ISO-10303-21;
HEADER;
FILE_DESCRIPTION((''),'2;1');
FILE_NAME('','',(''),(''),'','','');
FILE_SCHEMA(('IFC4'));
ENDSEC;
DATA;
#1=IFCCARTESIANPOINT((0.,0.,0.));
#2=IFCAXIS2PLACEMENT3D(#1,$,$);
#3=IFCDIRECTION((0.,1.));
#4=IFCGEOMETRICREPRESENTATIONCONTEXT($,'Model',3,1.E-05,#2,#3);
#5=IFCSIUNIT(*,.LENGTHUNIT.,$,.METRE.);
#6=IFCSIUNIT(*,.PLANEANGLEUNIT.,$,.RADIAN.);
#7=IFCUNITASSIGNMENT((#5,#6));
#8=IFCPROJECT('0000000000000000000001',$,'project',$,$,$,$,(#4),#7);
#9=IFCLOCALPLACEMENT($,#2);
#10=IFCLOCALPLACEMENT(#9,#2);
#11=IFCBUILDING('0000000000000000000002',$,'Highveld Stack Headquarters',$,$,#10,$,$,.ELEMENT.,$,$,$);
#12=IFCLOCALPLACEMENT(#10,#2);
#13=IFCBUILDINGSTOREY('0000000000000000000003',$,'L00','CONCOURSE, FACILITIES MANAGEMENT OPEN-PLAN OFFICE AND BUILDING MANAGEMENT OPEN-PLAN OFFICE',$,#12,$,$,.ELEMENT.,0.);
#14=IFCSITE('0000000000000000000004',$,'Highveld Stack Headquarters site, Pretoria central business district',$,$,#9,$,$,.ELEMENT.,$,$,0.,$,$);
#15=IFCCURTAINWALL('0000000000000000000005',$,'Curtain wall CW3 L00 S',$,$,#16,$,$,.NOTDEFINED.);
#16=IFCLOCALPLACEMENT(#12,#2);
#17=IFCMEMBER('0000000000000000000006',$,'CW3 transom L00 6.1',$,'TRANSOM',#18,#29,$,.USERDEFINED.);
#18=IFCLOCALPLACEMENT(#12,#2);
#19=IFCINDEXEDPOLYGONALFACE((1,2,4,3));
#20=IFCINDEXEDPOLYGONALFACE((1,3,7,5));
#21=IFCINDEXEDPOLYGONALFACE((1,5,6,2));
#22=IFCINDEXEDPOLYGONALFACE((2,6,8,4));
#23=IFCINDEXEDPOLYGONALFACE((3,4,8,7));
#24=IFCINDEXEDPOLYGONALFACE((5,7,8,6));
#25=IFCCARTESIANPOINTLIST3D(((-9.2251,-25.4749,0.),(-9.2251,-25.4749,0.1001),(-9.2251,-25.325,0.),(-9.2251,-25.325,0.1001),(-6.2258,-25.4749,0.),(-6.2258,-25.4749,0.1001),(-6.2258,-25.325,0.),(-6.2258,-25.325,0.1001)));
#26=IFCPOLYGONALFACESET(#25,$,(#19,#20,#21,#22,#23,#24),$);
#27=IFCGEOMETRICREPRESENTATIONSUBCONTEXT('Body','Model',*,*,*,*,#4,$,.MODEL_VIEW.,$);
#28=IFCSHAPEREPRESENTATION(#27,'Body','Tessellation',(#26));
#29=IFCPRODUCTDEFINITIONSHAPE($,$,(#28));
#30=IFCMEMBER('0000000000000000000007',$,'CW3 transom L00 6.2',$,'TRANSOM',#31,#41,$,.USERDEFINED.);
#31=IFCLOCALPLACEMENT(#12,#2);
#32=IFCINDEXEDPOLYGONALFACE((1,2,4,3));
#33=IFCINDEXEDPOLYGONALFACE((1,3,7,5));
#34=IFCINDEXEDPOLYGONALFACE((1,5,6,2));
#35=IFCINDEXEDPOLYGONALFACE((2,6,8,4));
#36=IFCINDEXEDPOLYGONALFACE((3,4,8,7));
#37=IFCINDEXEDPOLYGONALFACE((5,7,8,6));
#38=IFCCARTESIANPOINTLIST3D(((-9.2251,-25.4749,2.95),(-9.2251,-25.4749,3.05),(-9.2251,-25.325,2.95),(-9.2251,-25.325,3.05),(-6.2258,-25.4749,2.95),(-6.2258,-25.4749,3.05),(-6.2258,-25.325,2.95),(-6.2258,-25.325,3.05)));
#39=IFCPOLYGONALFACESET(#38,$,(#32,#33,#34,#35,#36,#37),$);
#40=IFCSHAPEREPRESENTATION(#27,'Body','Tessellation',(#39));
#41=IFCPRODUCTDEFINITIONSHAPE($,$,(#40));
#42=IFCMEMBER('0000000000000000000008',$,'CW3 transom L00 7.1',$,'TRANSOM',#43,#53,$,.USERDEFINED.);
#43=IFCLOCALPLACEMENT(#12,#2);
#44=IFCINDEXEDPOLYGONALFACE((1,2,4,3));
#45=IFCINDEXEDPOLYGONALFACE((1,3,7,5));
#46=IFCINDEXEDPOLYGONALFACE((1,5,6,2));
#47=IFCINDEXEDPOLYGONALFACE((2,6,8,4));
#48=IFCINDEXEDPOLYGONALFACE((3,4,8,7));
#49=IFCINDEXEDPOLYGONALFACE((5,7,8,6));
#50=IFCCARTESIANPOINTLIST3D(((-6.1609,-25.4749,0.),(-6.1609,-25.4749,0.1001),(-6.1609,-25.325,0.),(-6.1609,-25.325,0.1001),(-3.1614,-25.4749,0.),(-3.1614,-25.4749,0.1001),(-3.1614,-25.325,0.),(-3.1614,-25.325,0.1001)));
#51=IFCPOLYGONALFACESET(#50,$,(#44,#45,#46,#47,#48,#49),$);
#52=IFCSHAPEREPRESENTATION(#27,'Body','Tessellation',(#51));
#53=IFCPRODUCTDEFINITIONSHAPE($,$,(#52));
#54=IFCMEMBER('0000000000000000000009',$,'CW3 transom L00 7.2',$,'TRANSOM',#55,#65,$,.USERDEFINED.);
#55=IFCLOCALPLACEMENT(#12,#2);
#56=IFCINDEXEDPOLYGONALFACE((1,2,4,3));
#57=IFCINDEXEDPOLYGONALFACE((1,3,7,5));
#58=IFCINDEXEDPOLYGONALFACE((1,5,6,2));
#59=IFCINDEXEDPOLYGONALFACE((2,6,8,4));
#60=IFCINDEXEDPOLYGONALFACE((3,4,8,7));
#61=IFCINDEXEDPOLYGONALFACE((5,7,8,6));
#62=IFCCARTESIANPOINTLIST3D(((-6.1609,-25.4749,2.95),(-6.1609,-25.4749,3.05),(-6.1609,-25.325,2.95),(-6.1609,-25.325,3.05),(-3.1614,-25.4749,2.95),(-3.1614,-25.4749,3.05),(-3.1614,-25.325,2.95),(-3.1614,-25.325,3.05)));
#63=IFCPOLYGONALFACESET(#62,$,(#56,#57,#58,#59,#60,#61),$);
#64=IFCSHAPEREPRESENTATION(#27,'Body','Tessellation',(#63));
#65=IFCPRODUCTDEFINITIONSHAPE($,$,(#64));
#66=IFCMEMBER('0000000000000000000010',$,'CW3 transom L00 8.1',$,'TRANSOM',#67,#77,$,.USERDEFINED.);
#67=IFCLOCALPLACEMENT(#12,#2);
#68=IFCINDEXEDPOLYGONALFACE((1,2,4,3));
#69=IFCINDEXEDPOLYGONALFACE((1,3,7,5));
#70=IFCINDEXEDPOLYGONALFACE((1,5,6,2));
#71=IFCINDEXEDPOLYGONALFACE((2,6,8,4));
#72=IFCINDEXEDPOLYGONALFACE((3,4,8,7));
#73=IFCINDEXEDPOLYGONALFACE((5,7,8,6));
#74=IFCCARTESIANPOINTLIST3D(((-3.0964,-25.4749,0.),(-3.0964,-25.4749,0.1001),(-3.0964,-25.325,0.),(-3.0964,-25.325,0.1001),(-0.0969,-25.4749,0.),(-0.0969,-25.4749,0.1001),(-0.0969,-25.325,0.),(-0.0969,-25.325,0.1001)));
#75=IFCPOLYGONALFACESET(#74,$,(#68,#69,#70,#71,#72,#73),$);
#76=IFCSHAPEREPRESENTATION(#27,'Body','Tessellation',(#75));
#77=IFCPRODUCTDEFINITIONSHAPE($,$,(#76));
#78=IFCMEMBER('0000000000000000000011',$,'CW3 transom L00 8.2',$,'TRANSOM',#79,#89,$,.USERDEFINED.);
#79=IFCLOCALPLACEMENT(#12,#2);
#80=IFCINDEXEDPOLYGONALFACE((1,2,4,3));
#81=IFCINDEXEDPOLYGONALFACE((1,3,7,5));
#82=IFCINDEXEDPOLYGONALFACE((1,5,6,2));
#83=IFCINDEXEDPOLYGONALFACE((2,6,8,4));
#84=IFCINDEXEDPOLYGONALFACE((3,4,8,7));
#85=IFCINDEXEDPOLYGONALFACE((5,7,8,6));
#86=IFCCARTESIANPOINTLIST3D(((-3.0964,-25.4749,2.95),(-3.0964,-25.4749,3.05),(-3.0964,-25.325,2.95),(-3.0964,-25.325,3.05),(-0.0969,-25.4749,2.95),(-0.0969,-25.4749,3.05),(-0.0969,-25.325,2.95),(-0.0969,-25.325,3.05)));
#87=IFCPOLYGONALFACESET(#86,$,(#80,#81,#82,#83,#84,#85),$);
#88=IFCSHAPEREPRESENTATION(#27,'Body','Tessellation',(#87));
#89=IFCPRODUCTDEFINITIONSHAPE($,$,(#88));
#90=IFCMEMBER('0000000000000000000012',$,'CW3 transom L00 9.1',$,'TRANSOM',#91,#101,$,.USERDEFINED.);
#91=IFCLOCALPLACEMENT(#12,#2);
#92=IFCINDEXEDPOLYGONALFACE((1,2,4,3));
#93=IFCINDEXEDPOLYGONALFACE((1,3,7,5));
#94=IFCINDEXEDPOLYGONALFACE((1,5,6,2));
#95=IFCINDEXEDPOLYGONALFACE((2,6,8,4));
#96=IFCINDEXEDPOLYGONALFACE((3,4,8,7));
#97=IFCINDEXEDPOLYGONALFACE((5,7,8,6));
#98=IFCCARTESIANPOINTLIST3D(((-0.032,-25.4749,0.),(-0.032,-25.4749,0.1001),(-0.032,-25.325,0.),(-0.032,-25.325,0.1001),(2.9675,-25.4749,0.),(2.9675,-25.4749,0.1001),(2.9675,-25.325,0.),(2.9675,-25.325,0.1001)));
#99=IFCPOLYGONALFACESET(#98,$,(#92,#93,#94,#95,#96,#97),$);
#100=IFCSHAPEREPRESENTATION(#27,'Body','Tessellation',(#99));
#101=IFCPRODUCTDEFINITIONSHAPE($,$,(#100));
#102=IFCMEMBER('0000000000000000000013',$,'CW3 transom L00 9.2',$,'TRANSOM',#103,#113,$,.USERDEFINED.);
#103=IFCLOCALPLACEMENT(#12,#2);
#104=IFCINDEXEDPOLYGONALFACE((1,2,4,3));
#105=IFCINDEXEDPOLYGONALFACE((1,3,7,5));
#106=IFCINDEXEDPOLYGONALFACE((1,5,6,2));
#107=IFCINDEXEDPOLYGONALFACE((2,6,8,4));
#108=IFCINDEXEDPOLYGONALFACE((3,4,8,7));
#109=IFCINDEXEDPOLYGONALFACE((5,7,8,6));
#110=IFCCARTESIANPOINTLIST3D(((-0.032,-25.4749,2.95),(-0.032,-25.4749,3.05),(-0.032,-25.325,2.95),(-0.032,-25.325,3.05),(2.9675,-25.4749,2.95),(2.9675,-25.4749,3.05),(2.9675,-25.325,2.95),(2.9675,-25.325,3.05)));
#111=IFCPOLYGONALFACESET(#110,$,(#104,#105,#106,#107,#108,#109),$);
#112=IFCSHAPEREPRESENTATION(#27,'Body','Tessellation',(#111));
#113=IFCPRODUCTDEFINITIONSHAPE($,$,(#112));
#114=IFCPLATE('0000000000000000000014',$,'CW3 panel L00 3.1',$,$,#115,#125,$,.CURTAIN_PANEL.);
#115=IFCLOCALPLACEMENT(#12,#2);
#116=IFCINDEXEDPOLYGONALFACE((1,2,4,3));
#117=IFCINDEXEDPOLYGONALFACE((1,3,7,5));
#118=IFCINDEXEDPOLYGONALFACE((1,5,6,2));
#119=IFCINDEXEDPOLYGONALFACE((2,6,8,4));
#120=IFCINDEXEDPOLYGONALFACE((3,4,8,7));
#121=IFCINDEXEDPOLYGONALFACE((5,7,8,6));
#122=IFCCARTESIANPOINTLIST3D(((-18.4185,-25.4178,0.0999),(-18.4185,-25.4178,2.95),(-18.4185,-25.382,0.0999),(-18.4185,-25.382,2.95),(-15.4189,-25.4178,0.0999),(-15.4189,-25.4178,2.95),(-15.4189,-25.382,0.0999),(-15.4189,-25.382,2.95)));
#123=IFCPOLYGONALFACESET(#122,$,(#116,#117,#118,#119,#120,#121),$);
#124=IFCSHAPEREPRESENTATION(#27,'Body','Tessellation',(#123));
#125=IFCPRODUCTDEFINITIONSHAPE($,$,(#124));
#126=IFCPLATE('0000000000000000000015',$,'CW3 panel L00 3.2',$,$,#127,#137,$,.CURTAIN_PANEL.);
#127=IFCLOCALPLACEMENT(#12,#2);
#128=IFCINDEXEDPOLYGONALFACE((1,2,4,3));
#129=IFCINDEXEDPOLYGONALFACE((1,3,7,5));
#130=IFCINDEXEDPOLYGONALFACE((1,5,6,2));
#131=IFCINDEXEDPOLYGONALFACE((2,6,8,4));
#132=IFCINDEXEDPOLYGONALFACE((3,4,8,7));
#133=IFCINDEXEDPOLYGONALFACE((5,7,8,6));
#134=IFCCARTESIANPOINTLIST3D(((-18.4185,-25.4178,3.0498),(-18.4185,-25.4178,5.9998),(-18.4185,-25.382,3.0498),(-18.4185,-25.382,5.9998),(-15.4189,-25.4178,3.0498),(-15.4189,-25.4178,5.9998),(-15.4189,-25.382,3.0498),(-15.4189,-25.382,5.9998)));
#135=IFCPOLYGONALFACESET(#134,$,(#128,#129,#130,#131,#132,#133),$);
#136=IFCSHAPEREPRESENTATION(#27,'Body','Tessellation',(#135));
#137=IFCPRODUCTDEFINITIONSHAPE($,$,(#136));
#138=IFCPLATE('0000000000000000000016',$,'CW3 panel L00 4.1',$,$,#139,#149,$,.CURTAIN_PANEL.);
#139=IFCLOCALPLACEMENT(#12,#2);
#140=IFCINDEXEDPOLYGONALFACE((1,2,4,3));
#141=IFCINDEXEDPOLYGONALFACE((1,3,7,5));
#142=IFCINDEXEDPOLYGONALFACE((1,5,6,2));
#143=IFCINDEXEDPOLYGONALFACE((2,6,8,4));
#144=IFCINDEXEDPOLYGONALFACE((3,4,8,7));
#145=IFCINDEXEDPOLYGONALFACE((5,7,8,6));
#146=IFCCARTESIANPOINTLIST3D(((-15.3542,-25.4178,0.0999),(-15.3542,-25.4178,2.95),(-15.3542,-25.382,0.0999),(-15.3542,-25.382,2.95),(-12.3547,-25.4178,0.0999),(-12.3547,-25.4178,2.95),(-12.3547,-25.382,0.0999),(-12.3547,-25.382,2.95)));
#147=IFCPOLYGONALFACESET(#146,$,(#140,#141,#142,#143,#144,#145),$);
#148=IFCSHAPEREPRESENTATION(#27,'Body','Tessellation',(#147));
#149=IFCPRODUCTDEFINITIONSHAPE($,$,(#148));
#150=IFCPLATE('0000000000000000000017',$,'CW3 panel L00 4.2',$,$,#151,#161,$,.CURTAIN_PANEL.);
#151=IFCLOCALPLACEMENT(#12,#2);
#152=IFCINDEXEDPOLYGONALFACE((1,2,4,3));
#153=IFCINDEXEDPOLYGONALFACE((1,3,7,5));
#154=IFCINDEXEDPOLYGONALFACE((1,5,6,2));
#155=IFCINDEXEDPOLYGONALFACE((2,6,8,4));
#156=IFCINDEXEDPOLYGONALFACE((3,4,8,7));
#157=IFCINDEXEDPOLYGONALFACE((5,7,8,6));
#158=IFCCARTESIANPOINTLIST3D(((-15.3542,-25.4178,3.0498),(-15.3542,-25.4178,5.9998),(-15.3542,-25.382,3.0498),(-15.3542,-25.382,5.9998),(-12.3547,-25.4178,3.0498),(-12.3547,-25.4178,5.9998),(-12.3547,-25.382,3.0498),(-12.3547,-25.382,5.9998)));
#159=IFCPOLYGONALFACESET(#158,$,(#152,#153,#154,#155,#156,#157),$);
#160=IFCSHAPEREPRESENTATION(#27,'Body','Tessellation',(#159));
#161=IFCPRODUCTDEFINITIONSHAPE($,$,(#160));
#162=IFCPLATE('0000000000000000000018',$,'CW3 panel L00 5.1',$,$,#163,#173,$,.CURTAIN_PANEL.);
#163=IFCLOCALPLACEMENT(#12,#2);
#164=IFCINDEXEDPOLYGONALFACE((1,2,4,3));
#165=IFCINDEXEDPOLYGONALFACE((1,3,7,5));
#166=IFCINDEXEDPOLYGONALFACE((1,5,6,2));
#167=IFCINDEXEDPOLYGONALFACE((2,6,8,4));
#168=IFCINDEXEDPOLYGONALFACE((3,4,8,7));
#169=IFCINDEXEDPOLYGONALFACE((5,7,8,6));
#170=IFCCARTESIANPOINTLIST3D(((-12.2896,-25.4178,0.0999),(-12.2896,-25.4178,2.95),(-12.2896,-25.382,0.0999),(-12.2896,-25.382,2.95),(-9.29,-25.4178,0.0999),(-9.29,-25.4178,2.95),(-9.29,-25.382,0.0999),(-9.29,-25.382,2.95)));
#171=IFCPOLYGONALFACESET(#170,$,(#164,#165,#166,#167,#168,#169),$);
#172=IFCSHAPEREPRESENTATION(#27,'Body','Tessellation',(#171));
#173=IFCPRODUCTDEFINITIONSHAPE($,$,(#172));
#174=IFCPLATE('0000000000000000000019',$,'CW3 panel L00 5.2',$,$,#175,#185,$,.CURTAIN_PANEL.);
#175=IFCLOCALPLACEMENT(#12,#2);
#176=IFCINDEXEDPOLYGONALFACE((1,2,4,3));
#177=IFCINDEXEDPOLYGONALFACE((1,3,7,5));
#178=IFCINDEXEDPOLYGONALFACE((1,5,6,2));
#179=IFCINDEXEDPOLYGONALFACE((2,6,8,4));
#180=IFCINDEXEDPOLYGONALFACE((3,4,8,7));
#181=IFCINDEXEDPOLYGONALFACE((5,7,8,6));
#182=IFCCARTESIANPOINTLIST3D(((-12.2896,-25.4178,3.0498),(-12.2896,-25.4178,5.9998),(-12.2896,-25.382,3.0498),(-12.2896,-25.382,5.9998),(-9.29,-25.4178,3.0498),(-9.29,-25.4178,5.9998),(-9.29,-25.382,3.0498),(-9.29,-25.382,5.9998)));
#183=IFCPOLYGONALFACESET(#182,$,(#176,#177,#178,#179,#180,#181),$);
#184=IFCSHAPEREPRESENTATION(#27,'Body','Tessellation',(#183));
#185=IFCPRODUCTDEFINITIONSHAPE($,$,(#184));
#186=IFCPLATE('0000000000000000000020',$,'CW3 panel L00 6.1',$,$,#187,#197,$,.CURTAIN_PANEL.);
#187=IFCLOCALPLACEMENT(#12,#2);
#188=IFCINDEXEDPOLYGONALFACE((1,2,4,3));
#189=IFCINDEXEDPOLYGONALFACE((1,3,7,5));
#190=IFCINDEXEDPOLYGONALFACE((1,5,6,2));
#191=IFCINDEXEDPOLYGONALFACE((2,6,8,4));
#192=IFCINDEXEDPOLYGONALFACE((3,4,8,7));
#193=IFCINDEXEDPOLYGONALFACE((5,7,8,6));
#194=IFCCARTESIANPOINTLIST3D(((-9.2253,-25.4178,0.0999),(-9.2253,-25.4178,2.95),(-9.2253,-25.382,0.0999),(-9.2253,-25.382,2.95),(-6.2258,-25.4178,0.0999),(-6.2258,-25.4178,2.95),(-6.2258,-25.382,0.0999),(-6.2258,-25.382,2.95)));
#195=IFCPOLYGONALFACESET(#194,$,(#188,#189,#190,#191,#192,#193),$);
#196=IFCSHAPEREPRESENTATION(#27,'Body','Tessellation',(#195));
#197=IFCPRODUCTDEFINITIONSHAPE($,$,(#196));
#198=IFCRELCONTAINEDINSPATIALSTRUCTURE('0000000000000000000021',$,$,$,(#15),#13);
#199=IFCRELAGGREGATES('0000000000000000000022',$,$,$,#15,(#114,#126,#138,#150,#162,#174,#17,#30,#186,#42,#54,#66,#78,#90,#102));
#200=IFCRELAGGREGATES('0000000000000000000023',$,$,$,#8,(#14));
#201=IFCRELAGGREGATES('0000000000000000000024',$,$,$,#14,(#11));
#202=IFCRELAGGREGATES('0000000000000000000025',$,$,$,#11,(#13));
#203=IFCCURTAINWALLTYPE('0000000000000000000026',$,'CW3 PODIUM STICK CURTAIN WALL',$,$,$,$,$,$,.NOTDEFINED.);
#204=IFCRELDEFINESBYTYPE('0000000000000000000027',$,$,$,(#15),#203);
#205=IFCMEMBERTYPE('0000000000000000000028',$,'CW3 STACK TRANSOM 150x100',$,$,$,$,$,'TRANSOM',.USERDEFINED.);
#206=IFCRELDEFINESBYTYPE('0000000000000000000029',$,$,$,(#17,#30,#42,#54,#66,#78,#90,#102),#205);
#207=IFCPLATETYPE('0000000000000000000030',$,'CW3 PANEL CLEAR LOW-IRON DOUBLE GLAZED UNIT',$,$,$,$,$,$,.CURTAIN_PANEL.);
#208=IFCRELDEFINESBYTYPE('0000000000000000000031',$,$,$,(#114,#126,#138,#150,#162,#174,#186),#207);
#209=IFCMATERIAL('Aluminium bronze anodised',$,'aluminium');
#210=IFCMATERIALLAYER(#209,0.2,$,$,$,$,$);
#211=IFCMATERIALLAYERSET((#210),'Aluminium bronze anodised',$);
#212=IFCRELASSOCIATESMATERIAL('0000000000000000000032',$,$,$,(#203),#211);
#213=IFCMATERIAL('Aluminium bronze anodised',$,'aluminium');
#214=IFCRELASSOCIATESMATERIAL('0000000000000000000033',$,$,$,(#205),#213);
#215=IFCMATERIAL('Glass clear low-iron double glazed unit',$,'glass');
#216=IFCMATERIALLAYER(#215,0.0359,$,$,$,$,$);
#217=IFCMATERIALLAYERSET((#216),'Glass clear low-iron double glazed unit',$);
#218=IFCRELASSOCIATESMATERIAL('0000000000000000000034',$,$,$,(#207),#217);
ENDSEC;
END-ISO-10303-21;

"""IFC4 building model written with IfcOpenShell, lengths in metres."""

from ifc_helpers import new_model, si_unit, direction, frame, origin, origin_2d, place, context, subcontext, project, spatial, rectangle, extrude, material, layer, layer_set, material_profile, profile_set, type_object, element, aggregate, save


model = new_model("IFC4")

# Units and contexts
model_context = context("Model", 3, precision=1e-05, world=origin(), true_north=direction((0.0, 1.0)))
body_context = subcontext(model_context, "Body", "Model", "MODEL_VIEW")
ifc_project = project(units=[si_unit("LENGTHUNIT", "METRE"), si_unit("PLANEANGLEUNIT", "RADIAN")], contexts=[model_context])

# Site, building, storey
site_placement = place(None, origin())
site = spatial("IfcSite", under=ifc_project, at=site_placement, Name="Highveld Stack Headquarters site, Pretoria central business district", CompositionType="ELEMENT", RefElevation=0.0)
building_placement = place(site_placement, origin())
building = spatial("IfcBuilding", under=site, at=building_placement, Name="Highveld Stack Headquarters", CompositionType="ELEMENT")
storey_placement = place(building_placement, origin())
storey = spatial("IfcBuildingStorey", under=building, at=storey_placement, Name="L00", Description="CONCOURSE, FACILITIES MANAGEMENT OPEN-PLAN OFFICE AND BUILDING MANAGEMENT OPEN-PLAN OFFICE", CompositionType="ELEMENT", Elevation=0.0)

# Curtain wall, members, plates
ifc_material_1 = material(Name="Aluminium bronze anodised", Category="aluminium")
ifc_layer_1 = layer(ifc_material_1, 0.2)
ifc_layer_set_1 = layer_set([ifc_layer_1], Name="Aluminium bronze anodised")
curtain_wall_type = type_object("IfcCurtainWallType", Name="CW3 PODIUM STICK CURTAIN WALL", PredefinedType="NOTDEFINED", material=ifc_layer_set_1)
curtain_wall_placement = place(storey_placement, origin())
curtain_wall = element("IfcCurtainWall", 1, at=curtain_wall_placement, inside=storey, type_object=curtain_wall_type, Name="Curtain wall CW3 L00 S", PredefinedType="NOTDEFINED")
ifc_material_2 = material(Name="Aluminium bronze anodised", Category="aluminium")
ifc_material_profile_1 = material_profile(ifc_material_2, rectangle(XDim=0.1499, YDim=0.1001, at=origin_2d()), Name="CW3 TRANSOM 150x100")
ifc_profile_set_1 = profile_set([ifc_material_profile_1], Name="Aluminium bronze anodised")
member_type_1 = type_object("IfcMemberType", Name="CW3 STACK TRANSOM 150x100", ElementType="TRANSOM", PredefinedType="USERDEFINED", material=ifc_profile_set_1)
member_1_placement = place(storey_placement, frame((-9.2251, -25.3999, 0.05), z_axis=(1.0, 0.0, 0.0), x_axis=(0.0, 1.0, 0.0)))
member_1 = element("IfcMember", 2, at=member_1_placement, type_object=member_type_1, Name="CW3 transom L00 6.1", ObjectType="TRANSOM", PredefinedType="USERDEFINED", context=body_context, shape_type="SweptSolid", body=[
    extrude(rectangle(XDim=0.1499, YDim=0.1001, at=origin_2d()), origin(), (0.0, 0.0, 1.0), 2.9993),
])
member_2_placement = place(storey_placement, frame((-9.2251, -25.3999, 3.0), z_axis=(1.0, 0.0, 0.0), x_axis=(0.0, 1.0, 0.0)))
member_2 = element("IfcMember", 3, at=member_2_placement, type_object=member_type_1, Name="CW3 transom L00 6.2", ObjectType="TRANSOM", PredefinedType="USERDEFINED", context=body_context, shape_type="SweptSolid", body=[
    extrude(rectangle(XDim=0.1499, YDim=0.1001, at=origin_2d()), origin(), (0.0, 0.0, 1.0), 2.9993),
])
member_3_placement = place(storey_placement, frame((-6.1609, -25.3999, 0.05), z_axis=(1.0, 0.0, 0.0), x_axis=(0.0, 1.0, 0.0)))
member_3 = element("IfcMember", 4, at=member_3_placement, type_object=member_type_1, Name="CW3 transom L00 7.1", ObjectType="TRANSOM", PredefinedType="USERDEFINED", context=body_context, shape_type="SweptSolid", body=[
    extrude(rectangle(XDim=0.1499, YDim=0.1001, at=origin_2d()), origin(), (0.0, 0.0, 1.0), 2.9995),
])
member_4_placement = place(storey_placement, frame((-6.1609, -25.3999, 3.0), z_axis=(1.0, 0.0, 0.0), x_axis=(0.0, 1.0, 0.0)))
member_4 = element("IfcMember", 5, at=member_4_placement, type_object=member_type_1, Name="CW3 transom L00 7.2", ObjectType="TRANSOM", PredefinedType="USERDEFINED", context=body_context, shape_type="SweptSolid", body=[
    extrude(rectangle(XDim=0.1499, YDim=0.1001, at=origin_2d()), origin(), (0.0, 0.0, 1.0), 2.9995),
])
member_5_placement = place(storey_placement, frame((-3.0964, -25.3999, 0.05), z_axis=(1.0, 0.0, 0.0), x_axis=(0.0, 1.0, 0.0)))
member_5 = element("IfcMember", 6, at=member_5_placement, type_object=member_type_1, Name="CW3 transom L00 8.1", ObjectType="TRANSOM", PredefinedType="USERDEFINED", context=body_context, shape_type="SweptSolid", body=[
    extrude(rectangle(XDim=0.1499, YDim=0.1001, at=origin_2d()), origin(), (0.0, 0.0, 1.0), 2.9995),
])
member_6_placement = place(storey_placement, frame((-3.0964, -25.3999, 3.0), z_axis=(1.0, 0.0, 0.0), x_axis=(0.0, 1.0, 0.0)))
member_6 = element("IfcMember", 7, at=member_6_placement, type_object=member_type_1, Name="CW3 transom L00 8.2", ObjectType="TRANSOM", PredefinedType="USERDEFINED", context=body_context, shape_type="SweptSolid", body=[
    extrude(rectangle(XDim=0.1499, YDim=0.1001, at=origin_2d()), origin(), (0.0, 0.0, 1.0), 2.9995),
])
member_7_placement = place(storey_placement, frame((-0.032, -25.3999, 0.05), z_axis=(1.0, 0.0, 0.0), x_axis=(0.0, 1.0, 0.0)))
member_7 = element("IfcMember", 8, at=member_7_placement, type_object=member_type_1, Name="CW3 transom L00 9.1", ObjectType="TRANSOM", PredefinedType="USERDEFINED", context=body_context, shape_type="SweptSolid", body=[
    extrude(rectangle(XDim=0.1499, YDim=0.1001, at=origin_2d()), origin(), (0.0, 0.0, 1.0), 2.9995),
])
member_8_placement = place(storey_placement, frame((-0.032, -25.3999, 3.0), z_axis=(1.0, 0.0, 0.0), x_axis=(0.0, 1.0, 0.0)))
member_8 = element("IfcMember", 9, at=member_8_placement, type_object=member_type_1, Name="CW3 transom L00 9.2", ObjectType="TRANSOM", PredefinedType="USERDEFINED", context=body_context, shape_type="SweptSolid", body=[
    extrude(rectangle(XDim=0.1499, YDim=0.1001, at=origin_2d()), origin(), (0.0, 0.0, 1.0), 2.9995),
])
ifc_material_3 = material(Name="Glass clear low-iron double glazed unit", Category="glass")
ifc_layer_2 = layer(ifc_material_3, 0.0359)
ifc_layer_set_2 = layer_set([ifc_layer_2], Name="Glass clear low-iron double glazed unit")
plate_type = type_object("IfcPlateType", Name="CW3 PANEL CLEAR LOW-IRON DOUBLE GLAZED UNIT", PredefinedType="CURTAIN_PANEL", material=ifc_layer_set_2)
plate_1_placement = place(storey_placement, frame((-16.9187, -25.3999, 0.0999), z_axis=(0.0, 0.0, 1.0), x_axis=(1.0, 0.0, 0.0)))
plate_1 = element("IfcPlate", 10, at=plate_1_placement, type_object=plate_type, Name="CW3 panel L00 3.1", PredefinedType="CURTAIN_PANEL", context=body_context, shape_type="SweptSolid", body=[
    extrude(rectangle(XDim=2.9995, YDim=0.0359, at=origin_2d()), origin(), (0.0, 0.0, 1.0), 2.8501),
])
plate_2_placement = place(storey_placement, frame((-16.9187, -25.3999, 3.0498), z_axis=(0.0, 0.0, 1.0), x_axis=(1.0, 0.0, 0.0)))
plate_2 = element("IfcPlate", 11, at=plate_2_placement, type_object=plate_type, Name="CW3 panel L00 3.2", PredefinedType="CURTAIN_PANEL", context=body_context, shape_type="SweptSolid", body=[
    extrude(rectangle(XDim=2.9995, YDim=0.0359, at=origin_2d()), origin(), (0.0, 0.0, 1.0), 2.95),
])
plate_3_placement = place(storey_placement, frame((-13.8545, -25.3999, 0.0999), z_axis=(0.0, 0.0, 1.0), x_axis=(1.0, 0.0, 0.0)))
plate_3 = element("IfcPlate", 12, at=plate_3_placement, type_object=plate_type, Name="CW3 panel L00 4.1", PredefinedType="CURTAIN_PANEL", context=body_context, shape_type="SweptSolid", body=[
    extrude(rectangle(XDim=2.9995, YDim=0.0359, at=origin_2d()), origin(), (0.0, 0.0, 1.0), 2.8501),
])
plate_4_placement = place(storey_placement, frame((-13.8545, -25.3999, 3.0498), z_axis=(0.0, 0.0, 1.0), x_axis=(1.0, 0.0, 0.0)))
plate_4 = element("IfcPlate", 13, at=plate_4_placement, type_object=plate_type, Name="CW3 panel L00 4.2", PredefinedType="CURTAIN_PANEL", context=body_context, shape_type="SweptSolid", body=[
    extrude(rectangle(XDim=2.9995, YDim=0.0359, at=origin_2d()), origin(), (0.0, 0.0, 1.0), 2.95),
])
plate_5_placement = place(storey_placement, frame((-10.7898, -25.3999, 0.0999), z_axis=(0.0, 0.0, 1.0), x_axis=(1.0, 0.0, 0.0)))
plate_5 = element("IfcPlate", 14, at=plate_5_placement, type_object=plate_type, Name="CW3 panel L00 5.1", PredefinedType="CURTAIN_PANEL", context=body_context, shape_type="SweptSolid", body=[
    extrude(rectangle(XDim=2.9995, YDim=0.0359, at=origin_2d()), origin(), (0.0, 0.0, 1.0), 2.8501),
])
plate_6_placement = place(storey_placement, frame((-10.7898, -25.3999, 3.0498), z_axis=(0.0, 0.0, 1.0), x_axis=(1.0, 0.0, 0.0)))
plate_6 = element("IfcPlate", 15, at=plate_6_placement, type_object=plate_type, Name="CW3 panel L00 5.2", PredefinedType="CURTAIN_PANEL", context=body_context, shape_type="SweptSolid", body=[
    extrude(rectangle(XDim=2.9995, YDim=0.0359, at=origin_2d()), origin(), (0.0, 0.0, 1.0), 2.95),
])
plate_7_placement = place(storey_placement, frame((-7.7256, -25.3999, 0.0999), z_axis=(0.0, 0.0, 1.0), x_axis=(1.0, 0.0, 0.0)))
plate_7 = element("IfcPlate", 16, at=plate_7_placement, type_object=plate_type, Name="CW3 panel L00 6.1", PredefinedType="CURTAIN_PANEL", context=body_context, shape_type="SweptSolid", body=[
    extrude(rectangle(XDim=2.9995, YDim=0.0359, at=origin_2d()), origin(), (0.0, 0.0, 1.0), 2.8501),
])
aggregate(curtain_wall, [plate_1, plate_2, plate_3, plate_4, plate_5, plate_6, member_1, member_2, plate_7, member_3, member_4, member_5, member_6, member_7, member_8])

save(model, "model.ifc")
